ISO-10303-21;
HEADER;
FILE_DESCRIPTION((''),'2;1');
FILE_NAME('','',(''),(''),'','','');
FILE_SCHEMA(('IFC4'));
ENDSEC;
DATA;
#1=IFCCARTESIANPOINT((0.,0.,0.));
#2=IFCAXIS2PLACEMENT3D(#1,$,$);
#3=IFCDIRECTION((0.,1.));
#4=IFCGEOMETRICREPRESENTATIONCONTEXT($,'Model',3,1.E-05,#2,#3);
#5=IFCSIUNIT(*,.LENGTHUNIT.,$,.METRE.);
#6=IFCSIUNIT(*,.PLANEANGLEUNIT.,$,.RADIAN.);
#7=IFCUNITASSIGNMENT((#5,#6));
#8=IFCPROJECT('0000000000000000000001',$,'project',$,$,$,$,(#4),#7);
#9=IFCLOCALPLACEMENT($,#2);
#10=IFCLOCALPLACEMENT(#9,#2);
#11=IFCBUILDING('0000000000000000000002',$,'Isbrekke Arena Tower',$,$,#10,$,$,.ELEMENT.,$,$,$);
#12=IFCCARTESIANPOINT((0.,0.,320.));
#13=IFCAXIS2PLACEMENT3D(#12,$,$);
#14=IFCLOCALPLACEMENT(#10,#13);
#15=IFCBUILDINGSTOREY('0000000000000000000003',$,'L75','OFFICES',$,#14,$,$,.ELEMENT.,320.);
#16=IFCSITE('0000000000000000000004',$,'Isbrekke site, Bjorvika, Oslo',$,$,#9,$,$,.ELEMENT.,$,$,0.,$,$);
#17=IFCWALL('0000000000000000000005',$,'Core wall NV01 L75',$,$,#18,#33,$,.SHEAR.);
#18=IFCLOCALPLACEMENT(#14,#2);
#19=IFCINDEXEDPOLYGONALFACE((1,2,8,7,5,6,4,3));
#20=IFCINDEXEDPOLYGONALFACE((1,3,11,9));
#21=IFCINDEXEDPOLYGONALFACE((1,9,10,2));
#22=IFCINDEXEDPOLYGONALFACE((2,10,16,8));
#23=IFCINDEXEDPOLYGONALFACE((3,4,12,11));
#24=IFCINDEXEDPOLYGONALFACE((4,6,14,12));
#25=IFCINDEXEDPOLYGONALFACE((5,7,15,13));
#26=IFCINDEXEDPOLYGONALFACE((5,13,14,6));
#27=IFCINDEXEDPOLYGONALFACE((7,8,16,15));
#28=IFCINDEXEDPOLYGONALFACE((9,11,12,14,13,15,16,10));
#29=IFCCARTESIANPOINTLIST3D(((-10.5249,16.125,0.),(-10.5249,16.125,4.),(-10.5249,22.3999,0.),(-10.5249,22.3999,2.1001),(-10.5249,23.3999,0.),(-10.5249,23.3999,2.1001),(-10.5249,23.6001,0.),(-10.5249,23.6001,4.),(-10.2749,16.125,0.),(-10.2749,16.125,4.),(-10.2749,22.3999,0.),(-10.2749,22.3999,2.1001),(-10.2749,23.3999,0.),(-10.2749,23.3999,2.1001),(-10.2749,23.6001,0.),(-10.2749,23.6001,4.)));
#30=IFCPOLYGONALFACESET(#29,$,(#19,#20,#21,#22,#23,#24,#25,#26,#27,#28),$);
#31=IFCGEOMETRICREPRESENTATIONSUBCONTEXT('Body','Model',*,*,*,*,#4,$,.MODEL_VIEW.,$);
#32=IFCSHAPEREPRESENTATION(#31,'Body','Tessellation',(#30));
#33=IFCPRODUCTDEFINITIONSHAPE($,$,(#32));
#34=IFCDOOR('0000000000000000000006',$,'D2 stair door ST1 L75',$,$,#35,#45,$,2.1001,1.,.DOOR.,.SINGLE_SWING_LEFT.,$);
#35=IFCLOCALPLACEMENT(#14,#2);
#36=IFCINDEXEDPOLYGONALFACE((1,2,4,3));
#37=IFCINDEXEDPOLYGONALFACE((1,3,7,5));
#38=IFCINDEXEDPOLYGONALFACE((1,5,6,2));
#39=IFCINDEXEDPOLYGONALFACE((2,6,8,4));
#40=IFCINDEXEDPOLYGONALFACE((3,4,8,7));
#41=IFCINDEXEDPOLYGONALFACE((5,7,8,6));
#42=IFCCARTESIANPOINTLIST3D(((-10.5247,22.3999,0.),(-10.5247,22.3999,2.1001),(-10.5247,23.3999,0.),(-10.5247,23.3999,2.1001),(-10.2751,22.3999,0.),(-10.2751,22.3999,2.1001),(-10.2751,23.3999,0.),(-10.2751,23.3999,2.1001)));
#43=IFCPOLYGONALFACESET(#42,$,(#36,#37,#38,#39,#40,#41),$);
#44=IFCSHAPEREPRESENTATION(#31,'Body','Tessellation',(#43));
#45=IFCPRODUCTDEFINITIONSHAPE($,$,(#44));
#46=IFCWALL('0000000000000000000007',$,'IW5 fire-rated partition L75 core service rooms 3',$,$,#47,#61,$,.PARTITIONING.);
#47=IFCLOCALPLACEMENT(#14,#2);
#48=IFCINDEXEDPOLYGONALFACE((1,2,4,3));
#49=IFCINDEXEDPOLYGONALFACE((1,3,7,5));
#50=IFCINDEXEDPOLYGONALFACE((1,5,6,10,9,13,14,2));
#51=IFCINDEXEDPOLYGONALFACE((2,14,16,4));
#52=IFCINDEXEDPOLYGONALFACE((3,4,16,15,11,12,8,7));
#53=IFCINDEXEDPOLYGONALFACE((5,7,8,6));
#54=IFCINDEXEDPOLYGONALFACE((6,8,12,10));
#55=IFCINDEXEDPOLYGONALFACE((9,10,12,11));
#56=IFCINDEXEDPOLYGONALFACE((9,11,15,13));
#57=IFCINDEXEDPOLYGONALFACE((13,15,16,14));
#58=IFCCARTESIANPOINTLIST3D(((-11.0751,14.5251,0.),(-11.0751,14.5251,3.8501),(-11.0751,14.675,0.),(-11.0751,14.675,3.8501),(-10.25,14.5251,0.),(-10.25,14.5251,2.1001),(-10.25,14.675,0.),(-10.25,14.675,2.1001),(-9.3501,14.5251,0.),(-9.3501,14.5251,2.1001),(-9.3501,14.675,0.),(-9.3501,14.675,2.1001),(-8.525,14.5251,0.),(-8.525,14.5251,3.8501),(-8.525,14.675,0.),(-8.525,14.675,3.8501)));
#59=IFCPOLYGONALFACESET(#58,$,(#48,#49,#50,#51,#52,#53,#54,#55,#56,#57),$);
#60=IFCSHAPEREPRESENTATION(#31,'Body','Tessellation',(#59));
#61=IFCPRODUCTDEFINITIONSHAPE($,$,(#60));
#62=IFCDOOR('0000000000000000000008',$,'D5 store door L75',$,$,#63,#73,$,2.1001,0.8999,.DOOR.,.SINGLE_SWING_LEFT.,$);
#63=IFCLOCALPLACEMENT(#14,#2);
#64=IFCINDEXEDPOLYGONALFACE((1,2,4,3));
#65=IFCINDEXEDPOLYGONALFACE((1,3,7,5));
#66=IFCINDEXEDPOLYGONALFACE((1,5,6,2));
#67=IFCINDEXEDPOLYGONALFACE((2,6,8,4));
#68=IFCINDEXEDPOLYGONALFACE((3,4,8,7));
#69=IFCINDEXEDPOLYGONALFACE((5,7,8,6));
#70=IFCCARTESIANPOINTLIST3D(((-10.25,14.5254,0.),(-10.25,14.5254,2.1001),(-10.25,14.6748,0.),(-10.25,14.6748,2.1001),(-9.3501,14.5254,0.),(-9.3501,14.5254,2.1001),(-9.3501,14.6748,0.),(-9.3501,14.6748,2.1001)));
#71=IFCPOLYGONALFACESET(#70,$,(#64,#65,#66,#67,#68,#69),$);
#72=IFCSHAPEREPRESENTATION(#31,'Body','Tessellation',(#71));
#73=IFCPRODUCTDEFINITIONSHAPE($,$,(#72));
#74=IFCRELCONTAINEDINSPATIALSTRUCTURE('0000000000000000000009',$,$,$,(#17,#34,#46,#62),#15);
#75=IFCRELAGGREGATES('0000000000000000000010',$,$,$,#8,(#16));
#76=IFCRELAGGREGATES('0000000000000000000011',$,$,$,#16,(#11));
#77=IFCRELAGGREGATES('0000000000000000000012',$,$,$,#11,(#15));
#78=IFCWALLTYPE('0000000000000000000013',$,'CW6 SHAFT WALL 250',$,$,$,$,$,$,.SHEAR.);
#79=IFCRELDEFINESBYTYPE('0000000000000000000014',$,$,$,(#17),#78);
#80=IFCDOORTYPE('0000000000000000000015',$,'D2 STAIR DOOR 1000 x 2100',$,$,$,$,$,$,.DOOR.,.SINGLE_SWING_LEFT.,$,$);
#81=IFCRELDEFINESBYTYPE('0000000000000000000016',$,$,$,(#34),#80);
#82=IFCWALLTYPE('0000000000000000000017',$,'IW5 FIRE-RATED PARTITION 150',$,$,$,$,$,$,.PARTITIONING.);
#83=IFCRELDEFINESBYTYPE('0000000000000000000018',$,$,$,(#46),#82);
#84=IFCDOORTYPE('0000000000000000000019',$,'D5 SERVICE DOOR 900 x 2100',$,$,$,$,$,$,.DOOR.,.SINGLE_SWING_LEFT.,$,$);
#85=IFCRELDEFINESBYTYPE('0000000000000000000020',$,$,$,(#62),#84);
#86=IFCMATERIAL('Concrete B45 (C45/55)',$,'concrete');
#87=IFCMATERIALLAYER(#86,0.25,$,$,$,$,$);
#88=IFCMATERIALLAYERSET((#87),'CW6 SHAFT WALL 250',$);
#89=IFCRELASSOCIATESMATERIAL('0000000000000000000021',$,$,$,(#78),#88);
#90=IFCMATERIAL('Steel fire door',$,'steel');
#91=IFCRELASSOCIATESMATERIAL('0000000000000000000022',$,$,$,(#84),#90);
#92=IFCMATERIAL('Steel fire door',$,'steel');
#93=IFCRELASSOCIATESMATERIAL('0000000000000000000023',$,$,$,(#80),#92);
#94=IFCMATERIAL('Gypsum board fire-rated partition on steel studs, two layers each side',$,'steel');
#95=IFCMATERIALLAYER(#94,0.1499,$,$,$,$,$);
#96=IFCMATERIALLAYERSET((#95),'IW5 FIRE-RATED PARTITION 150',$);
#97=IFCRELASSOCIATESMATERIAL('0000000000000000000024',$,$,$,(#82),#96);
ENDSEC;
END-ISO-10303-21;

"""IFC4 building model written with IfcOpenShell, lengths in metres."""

from ifc_helpers import new_model, si_unit, direction, frame, frame_2d, origin, place, context, subcontext, project, spatial, rectangle, extrude, material, layer, layer_set, type_object, element, fill, save


model = new_model("IFC4")

# Units and contexts
model_context = context("Model", 3, precision=1e-05, world=origin(), true_north=direction((0.0, 1.0)))
body_context = subcontext(model_context, "Body", "Model", "MODEL_VIEW")
ifc_project = project(units=[si_unit("LENGTHUNIT", "METRE"), si_unit("PLANEANGLEUNIT", "RADIAN")], contexts=[model_context])

# Site, building, storey
site_placement = place(None, origin())
site = spatial("IfcSite", under=ifc_project, at=site_placement, Name="Isbrekke site, Bjorvika, Oslo", CompositionType="ELEMENT", RefElevation=0.0)
building_placement = place(site_placement, origin())
building = spatial("IfcBuilding", under=site, at=building_placement, Name="Isbrekke Arena Tower", CompositionType="ELEMENT")
storey_placement = place(building_placement, frame((0.0, 0.0, 320.0)))
storey = spatial("IfcBuildingStorey", under=building, at=storey_placement, Name="L75", Description="OFFICES", CompositionType="ELEMENT", Elevation=320.0)

# Shared definitions
ifc_material_1 = material(Name="Concrete B45 (C45/55)", Category="concrete")
ifc_layer_1 = layer(ifc_material_1, 0.25)
ifc_layer_set_1 = layer_set([ifc_layer_1], Name="CW6 SHAFT WALL 250")
wall_type_1 = type_object("IfcWallType", Name="CW6 SHAFT WALL 250", PredefinedType="SHEAR", material=ifc_layer_set_1)
ifc_material_2 = material(Name="Steel fire door", Category="steel")
door_type_1 = type_object("IfcDoorType", Name="D5 SERVICE DOOR 900 x 2100", OperationType="SINGLE_SWING_LEFT", PredefinedType="DOOR", material=ifc_material_2)

# Walls, openings, doors
wall_1_placement = place(storey_placement, frame((-10.3999, 16.125, 0.0), z_axis=(0.0, 0.0, 1.0), x_axis=(0.0, 1.0, 0.0)))
wall_1 = element("IfcWall", 1, at=wall_1_placement, inside=storey, type_object=wall_type_1, Name="Core wall NV01 L75", PredefinedType="SHEAR", context=body_context, shape_type="SweptSolid", body=[
    extrude(rectangle(XDim=7.4751, YDim=0.25, at=frame_2d((3.7375, 0.0))), origin(), (0.0, 0.0, 1.0), 4.0),
])
opening_1_placement = place(wall_1_placement, frame((6.2749, 0.0, 0.0)))
opening_1 = element("IfcOpeningElement", 2, at=opening_1_placement, cuts=wall_1, PredefinedType="OPENING", context=body_context, shape_type="SweptSolid", body=[
    extrude(rectangle(XDim=1.0, YDim=2.1001, at=frame_2d((0.5, 1.05))), frame((0.0, 0.1399, 0.0), z_axis=(0.0, -1.0, 0.0), x_axis=(1.0, 0.0, 0.0)), (0.0, 0.0, 1.0), 0.2798),
])
ifc_material_3 = material(Name="Steel fire door", Category="steel")
door_type_2 = type_object("IfcDoorType", Name="D2 STAIR DOOR 1000 x 2100", OperationType="SINGLE_SWING_LEFT", PredefinedType="DOOR", material=ifc_material_3)
door_1_placement = place(opening_1_placement, origin())
door_1 = element("IfcDoor", 3, at=door_1_placement, inside=storey, type_object=door_type_2, Name="D2 stair door ST1 L75", OperationType="SINGLE_SWING_LEFT", OverallHeight=2.1001, OverallWidth=1.0, PredefinedType="DOOR", context=body_context, shape_type="SweptSolid", body=[
    extrude(rectangle(XDim=1.0, YDim=2.1001, at=frame_2d((0.5, 1.05))), frame((0.0, 0.1248, 0.0), z_axis=(0.0, -1.0, 0.0), x_axis=(1.0, 0.0, 0.0)), (0.0, 0.0, 1.0), 0.2495),
])
fill(opening_1, door_1)
ifc_material_4 = material(Name="Gypsum board fire-rated partition on steel studs, two layers each side", Category="steel")
ifc_layer_2 = layer(ifc_material_4, 0.1499)
ifc_layer_set_2 = layer_set([ifc_layer_2], Name="IW5 FIRE-RATED PARTITION 150")
wall_type_2 = type_object("IfcWallType", Name="IW5 FIRE-RATED PARTITION 150", PredefinedType="PARTITIONING", material=ifc_layer_set_2)
wall_2_placement = place(storey_placement, frame((-11.075, 14.6001, 0.0), z_axis=(0.0, 0.0, 1.0), x_axis=(1.0, 0.0, 0.0)))
wall_2 = element("IfcWall", 4, at=wall_2_placement, inside=storey, type_object=wall_type_2, Name="IW5 fire-rated partition L75 core service rooms 3", PredefinedType="PARTITIONING", context=body_context, shape_type="SweptSolid", body=[
    extrude(rectangle(XDim=2.55, YDim=0.1499, at=frame_2d((1.2749, 0.0))), origin(), (0.0, 0.0, 1.0), 3.8501),
])
opening_2_placement = place(wall_2_placement, frame((0.825, 0.0, 0.0)))
opening_2 = element("IfcOpeningElement", 5, at=opening_2_placement, cuts=wall_2, PredefinedType="OPENING", context=body_context, shape_type="SweptSolid", body=[
    extrude(rectangle(XDim=0.8999, YDim=2.1001, at=frame_2d((0.45, 1.05))), frame((0.0, 0.0898, 0.0), z_axis=(0.0, -1.0, 0.0), x_axis=(1.0, 0.0, 0.0)), (0.0, 0.0, 1.0), 0.1797),
])
door_2_placement = place(opening_2_placement, origin())
door_2 = element("IfcDoor", 6, at=door_2_placement, inside=storey, type_object=door_type_1, Name="D5 store door L75", OperationType="SINGLE_SWING_LEFT", OverallHeight=2.1001, OverallWidth=0.8999, PredefinedType="DOOR", context=body_context, shape_type="SweptSolid", body=[
    extrude(rectangle(XDim=0.8999, YDim=2.1001, at=frame_2d((0.45, 1.05))), frame((0.0, 0.0747, 0.0), z_axis=(0.0, -1.0, 0.0), x_axis=(1.0, 0.0, 0.0)), (0.0, 0.0, 1.0), 0.1494),
])
fill(opening_2, door_2)

save(model, "model.ifc")
